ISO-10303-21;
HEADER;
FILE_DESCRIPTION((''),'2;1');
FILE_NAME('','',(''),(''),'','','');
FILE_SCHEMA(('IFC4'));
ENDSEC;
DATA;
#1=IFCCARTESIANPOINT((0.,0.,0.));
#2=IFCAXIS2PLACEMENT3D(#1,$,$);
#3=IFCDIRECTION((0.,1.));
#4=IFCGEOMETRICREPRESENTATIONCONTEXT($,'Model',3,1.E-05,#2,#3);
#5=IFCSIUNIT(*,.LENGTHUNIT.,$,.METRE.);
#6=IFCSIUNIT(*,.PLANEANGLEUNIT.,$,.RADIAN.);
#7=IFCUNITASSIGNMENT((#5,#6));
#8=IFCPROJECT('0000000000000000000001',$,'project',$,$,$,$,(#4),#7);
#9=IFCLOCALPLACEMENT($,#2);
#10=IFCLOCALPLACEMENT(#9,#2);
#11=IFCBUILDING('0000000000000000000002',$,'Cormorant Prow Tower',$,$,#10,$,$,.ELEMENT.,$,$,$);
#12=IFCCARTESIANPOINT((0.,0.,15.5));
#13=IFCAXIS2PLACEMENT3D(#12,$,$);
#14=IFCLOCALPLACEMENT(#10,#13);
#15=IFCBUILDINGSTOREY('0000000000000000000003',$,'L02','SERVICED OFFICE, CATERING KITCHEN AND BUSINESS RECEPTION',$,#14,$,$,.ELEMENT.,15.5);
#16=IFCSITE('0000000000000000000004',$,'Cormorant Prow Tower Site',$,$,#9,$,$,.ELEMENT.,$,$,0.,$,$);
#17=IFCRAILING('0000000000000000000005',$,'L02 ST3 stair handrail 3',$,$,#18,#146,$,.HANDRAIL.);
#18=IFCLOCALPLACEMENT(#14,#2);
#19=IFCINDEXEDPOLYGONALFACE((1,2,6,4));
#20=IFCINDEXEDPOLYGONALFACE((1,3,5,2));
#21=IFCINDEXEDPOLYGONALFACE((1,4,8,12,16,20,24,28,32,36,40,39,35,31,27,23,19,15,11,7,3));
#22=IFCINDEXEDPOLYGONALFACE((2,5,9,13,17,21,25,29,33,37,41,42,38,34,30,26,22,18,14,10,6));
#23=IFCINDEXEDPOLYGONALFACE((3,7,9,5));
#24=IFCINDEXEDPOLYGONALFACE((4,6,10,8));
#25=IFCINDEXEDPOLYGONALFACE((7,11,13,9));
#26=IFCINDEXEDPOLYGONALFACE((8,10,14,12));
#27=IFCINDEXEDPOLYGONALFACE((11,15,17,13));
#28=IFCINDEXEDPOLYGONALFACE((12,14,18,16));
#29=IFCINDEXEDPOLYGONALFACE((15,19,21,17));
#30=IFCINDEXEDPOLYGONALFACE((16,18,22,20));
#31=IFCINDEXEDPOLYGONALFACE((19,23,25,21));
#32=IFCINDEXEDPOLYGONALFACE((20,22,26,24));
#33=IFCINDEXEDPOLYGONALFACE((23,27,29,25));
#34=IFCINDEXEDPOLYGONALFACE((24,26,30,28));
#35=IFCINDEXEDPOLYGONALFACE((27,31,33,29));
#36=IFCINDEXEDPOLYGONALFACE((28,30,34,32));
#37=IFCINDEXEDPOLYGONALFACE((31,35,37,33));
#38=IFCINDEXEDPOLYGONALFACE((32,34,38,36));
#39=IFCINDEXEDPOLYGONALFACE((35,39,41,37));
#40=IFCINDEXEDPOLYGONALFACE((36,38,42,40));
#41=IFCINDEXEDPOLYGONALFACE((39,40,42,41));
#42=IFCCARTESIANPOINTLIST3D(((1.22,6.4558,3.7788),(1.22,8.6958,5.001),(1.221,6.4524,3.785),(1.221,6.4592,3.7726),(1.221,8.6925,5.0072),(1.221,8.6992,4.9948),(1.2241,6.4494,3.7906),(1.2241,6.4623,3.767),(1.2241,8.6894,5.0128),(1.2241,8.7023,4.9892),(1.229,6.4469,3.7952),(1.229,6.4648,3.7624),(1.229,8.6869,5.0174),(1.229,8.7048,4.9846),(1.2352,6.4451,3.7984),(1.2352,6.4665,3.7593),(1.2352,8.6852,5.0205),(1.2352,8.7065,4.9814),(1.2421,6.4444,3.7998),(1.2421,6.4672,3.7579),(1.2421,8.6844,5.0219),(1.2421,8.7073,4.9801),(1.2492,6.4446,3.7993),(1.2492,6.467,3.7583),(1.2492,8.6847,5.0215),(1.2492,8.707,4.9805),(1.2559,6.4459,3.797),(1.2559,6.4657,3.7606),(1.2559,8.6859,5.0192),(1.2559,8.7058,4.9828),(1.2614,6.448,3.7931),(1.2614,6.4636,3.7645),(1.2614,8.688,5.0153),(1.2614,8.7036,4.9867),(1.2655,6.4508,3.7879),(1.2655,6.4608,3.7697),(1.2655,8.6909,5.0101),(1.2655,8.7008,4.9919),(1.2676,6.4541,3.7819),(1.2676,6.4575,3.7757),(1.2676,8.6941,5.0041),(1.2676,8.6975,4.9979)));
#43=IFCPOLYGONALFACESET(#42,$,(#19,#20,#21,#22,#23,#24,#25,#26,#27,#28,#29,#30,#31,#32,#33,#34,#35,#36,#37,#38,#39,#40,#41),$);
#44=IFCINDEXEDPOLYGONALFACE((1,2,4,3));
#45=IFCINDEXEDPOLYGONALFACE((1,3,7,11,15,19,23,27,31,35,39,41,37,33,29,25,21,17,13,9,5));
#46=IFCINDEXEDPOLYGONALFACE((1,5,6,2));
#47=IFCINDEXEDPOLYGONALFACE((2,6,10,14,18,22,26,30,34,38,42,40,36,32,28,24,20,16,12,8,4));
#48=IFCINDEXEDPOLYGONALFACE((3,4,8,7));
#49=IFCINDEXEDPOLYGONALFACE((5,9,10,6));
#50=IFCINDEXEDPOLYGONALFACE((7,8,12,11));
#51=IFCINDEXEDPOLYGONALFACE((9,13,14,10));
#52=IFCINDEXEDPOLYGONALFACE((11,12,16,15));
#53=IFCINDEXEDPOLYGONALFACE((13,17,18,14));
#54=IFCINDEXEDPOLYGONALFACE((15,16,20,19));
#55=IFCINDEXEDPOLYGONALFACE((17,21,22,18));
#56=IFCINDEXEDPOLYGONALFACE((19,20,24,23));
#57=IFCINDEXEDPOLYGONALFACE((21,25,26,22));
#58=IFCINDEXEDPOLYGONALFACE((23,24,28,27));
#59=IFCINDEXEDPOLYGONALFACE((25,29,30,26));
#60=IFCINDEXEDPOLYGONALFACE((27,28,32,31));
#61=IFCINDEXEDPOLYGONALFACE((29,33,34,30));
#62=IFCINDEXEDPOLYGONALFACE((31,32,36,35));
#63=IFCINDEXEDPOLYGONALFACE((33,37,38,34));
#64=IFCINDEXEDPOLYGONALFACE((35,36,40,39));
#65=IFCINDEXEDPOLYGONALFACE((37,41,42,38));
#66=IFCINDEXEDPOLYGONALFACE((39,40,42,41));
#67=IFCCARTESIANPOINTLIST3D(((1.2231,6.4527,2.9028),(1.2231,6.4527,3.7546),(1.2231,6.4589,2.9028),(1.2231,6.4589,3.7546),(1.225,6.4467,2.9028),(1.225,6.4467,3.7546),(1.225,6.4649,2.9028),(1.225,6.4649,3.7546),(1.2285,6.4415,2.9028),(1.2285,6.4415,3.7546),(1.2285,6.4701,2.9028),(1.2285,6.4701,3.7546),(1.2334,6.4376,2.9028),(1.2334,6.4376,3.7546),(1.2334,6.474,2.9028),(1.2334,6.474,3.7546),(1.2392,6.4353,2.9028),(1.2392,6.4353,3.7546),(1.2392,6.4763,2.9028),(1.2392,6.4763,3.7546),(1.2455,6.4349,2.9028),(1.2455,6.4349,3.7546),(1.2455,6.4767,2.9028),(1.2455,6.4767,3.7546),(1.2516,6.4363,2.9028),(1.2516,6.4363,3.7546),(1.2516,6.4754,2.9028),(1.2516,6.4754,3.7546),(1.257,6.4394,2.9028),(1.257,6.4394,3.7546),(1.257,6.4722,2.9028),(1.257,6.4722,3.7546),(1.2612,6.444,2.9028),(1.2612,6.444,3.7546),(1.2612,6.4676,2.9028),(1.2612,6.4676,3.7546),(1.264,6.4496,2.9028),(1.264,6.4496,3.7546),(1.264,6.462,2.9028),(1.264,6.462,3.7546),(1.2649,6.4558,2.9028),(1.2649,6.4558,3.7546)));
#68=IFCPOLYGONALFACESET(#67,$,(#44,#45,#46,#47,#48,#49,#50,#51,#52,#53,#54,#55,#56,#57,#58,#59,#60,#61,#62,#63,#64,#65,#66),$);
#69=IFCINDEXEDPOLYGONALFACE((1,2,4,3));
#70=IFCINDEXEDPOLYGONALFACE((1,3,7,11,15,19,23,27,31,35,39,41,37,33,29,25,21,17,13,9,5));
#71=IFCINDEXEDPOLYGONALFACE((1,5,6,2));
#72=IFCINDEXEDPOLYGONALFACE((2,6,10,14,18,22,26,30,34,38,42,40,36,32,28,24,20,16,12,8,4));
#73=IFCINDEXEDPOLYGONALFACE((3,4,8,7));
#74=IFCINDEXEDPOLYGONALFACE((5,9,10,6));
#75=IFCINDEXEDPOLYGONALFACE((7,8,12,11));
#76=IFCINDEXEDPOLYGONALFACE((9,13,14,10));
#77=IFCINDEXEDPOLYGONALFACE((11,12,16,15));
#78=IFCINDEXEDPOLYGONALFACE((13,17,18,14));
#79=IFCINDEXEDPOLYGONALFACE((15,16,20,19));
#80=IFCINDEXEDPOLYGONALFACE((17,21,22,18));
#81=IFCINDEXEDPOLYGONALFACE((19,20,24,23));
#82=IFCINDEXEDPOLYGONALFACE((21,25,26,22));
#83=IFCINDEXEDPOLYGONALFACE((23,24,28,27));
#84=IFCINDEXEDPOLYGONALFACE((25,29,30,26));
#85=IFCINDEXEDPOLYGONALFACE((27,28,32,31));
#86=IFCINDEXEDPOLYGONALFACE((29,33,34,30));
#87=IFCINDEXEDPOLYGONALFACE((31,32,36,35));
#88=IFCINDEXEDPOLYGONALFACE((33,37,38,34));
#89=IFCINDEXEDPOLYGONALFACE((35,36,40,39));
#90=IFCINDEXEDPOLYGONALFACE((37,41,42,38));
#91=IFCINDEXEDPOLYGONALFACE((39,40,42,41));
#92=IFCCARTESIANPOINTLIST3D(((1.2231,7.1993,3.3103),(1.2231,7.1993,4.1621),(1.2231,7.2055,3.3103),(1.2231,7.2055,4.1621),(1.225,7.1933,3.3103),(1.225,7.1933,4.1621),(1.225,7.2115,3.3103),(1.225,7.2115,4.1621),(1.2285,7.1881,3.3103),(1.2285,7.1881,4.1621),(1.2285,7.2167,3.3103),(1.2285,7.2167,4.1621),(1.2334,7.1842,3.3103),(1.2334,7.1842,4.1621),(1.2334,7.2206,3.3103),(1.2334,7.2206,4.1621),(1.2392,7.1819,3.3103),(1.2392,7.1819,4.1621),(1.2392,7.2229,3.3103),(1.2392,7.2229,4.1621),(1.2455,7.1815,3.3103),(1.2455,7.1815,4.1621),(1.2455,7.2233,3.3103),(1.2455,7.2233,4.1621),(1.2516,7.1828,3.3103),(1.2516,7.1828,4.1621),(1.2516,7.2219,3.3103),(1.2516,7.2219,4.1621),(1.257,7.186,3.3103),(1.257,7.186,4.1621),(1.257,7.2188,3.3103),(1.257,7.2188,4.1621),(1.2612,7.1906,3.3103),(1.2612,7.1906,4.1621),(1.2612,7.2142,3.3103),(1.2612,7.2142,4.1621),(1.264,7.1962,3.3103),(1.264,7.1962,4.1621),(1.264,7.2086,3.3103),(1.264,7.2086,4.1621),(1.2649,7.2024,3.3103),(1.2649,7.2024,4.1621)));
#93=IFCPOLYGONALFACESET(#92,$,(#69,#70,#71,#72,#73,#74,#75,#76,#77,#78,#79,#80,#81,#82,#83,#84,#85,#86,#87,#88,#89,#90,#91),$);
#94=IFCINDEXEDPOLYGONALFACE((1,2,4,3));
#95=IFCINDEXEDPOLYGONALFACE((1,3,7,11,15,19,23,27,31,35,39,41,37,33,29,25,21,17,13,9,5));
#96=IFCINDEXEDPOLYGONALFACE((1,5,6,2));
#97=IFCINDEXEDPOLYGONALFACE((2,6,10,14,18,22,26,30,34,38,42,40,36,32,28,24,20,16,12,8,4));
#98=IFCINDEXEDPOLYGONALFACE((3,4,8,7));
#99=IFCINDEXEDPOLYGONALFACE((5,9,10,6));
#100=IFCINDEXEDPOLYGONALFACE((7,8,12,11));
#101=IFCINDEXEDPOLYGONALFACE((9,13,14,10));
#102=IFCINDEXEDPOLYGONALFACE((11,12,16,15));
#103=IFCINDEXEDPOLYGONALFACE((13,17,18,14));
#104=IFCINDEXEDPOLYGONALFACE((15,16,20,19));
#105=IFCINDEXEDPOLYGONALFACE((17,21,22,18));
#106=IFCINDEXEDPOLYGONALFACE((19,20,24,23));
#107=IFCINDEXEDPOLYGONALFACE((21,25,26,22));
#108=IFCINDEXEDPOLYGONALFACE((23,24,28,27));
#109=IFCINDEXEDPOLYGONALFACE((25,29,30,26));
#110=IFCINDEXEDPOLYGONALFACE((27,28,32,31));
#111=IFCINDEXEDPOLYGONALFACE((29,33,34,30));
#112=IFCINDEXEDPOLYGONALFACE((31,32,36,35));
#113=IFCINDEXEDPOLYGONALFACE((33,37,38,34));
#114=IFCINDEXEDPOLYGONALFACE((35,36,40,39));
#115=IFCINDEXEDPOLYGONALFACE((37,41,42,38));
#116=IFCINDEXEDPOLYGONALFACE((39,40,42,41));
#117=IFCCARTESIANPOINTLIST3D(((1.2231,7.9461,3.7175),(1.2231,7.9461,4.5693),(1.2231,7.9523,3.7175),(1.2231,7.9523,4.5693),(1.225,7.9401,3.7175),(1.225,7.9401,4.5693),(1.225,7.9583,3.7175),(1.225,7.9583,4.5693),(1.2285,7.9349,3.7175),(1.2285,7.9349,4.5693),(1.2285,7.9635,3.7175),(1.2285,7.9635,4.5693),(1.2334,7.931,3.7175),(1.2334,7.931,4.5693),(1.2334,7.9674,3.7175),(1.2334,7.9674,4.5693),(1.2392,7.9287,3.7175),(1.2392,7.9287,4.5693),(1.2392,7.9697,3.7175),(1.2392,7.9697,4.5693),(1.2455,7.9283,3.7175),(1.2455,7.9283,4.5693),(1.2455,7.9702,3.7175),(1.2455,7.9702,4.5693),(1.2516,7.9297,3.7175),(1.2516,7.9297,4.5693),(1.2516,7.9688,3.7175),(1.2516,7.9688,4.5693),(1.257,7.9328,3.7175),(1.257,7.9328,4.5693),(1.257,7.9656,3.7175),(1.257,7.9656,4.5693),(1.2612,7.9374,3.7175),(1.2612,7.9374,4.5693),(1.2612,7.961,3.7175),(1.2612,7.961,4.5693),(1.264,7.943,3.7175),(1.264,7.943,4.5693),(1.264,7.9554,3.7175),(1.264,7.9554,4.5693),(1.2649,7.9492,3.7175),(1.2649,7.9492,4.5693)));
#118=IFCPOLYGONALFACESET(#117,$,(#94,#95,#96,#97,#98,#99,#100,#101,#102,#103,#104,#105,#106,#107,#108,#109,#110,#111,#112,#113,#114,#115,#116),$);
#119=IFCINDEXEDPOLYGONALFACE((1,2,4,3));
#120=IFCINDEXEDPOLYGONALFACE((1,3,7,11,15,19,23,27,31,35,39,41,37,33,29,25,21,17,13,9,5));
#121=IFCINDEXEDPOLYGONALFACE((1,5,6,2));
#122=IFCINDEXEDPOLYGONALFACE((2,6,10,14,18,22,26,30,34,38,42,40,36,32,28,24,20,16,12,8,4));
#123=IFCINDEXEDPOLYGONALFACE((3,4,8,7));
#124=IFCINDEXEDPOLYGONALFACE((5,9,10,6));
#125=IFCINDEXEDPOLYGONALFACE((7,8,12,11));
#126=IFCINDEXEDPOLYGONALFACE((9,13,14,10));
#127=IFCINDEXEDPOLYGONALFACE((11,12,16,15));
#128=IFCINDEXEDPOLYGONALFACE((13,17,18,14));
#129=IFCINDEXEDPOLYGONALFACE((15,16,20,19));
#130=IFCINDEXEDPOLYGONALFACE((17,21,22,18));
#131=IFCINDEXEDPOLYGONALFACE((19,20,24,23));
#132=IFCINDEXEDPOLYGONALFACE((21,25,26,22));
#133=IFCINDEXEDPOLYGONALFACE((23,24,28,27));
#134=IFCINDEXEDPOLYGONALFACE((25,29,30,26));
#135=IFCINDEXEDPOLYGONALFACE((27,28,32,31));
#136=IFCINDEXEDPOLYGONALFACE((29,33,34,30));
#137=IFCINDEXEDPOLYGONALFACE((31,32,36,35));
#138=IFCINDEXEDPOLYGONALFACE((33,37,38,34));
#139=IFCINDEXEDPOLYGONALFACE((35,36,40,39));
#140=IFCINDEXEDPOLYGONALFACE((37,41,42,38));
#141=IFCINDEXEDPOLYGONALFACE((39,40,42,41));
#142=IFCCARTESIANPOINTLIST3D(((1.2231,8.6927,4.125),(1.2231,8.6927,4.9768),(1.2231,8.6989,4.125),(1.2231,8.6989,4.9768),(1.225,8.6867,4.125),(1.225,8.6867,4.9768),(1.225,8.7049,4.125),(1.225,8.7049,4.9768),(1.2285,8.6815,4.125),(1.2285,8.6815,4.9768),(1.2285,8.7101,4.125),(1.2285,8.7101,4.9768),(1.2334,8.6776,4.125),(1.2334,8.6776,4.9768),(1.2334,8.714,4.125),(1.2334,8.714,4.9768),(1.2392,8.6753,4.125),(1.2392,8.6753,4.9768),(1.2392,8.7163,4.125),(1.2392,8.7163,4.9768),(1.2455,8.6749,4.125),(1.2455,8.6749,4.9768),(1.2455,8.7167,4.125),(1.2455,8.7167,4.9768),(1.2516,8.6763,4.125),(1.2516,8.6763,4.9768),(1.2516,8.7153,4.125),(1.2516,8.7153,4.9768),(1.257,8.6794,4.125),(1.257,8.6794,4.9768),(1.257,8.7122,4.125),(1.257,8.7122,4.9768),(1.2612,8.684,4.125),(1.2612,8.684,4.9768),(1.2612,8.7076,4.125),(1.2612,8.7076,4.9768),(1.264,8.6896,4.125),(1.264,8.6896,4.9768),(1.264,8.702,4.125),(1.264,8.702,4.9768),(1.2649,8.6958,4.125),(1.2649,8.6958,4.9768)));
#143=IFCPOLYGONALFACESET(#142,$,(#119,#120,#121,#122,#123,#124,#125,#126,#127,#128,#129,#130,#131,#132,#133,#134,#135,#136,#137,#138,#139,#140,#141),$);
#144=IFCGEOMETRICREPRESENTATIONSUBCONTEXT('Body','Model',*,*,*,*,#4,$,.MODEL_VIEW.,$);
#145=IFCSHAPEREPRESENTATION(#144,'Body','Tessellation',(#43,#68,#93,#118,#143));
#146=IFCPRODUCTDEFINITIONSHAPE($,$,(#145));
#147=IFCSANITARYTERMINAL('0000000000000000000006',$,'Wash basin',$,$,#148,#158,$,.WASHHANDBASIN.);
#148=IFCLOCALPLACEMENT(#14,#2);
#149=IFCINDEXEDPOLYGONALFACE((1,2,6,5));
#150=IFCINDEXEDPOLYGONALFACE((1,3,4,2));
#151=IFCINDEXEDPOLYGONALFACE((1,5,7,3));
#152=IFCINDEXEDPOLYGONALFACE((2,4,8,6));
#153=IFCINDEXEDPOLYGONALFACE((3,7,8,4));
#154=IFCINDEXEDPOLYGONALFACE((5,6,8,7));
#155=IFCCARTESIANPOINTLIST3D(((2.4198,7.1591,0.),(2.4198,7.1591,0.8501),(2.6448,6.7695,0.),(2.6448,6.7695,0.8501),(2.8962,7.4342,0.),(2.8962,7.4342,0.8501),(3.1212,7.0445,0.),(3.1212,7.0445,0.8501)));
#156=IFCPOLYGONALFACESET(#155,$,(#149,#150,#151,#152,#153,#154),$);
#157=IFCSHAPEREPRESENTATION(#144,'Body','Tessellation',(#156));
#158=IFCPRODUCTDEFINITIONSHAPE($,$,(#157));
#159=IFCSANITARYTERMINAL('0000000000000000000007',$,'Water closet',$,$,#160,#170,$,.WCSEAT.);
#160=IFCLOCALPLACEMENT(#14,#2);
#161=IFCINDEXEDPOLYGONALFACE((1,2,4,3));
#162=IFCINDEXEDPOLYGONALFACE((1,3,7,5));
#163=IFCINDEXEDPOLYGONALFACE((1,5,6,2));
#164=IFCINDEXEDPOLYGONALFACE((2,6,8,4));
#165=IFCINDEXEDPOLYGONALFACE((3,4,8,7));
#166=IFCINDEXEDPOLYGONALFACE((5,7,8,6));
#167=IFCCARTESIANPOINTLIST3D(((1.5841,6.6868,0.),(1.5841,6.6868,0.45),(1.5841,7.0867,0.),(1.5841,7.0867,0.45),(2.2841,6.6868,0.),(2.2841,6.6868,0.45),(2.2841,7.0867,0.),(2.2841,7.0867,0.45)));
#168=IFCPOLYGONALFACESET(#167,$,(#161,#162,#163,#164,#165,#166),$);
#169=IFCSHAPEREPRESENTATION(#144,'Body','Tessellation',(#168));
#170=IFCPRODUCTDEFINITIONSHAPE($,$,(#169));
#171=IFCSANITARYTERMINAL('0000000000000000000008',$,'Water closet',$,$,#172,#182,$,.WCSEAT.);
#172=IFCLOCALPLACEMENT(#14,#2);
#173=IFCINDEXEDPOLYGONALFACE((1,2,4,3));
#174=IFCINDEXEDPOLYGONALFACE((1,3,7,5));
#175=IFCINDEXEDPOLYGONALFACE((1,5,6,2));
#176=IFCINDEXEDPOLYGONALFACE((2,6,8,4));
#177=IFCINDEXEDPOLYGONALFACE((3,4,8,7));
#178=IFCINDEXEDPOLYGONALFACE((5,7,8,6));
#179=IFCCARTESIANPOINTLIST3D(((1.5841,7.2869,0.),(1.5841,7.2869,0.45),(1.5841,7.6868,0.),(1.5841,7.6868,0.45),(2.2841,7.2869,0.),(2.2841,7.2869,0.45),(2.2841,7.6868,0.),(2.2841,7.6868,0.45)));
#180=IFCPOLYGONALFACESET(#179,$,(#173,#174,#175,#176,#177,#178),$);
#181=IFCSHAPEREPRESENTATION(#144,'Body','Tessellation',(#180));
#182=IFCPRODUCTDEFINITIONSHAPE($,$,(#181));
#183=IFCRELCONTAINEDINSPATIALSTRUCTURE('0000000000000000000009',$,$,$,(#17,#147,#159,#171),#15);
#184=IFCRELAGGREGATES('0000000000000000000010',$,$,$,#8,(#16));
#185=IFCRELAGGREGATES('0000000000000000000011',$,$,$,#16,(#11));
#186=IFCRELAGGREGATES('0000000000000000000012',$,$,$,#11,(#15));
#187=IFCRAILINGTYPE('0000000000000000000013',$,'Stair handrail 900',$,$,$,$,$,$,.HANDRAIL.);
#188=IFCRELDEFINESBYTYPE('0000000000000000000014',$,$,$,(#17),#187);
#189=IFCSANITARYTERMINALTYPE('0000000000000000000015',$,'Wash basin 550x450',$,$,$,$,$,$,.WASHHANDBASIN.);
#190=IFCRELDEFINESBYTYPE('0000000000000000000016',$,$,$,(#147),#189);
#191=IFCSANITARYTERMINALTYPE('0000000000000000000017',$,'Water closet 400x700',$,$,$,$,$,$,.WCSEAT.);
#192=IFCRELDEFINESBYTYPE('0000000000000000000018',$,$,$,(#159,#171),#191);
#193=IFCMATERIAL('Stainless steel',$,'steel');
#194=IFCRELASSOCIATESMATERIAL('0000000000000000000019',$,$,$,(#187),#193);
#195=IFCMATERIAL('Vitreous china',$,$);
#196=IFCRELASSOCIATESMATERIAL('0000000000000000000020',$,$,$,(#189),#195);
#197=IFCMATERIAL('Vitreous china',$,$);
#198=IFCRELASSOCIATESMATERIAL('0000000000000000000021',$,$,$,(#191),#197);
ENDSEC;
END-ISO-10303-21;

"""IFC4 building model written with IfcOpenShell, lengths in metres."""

from ifc_helpers import new_model, si_unit, direction, frame, origin, origin_2d, place, context, subcontext, project, spatial, rectangle, circle, extrude, material, type_object, element, save


model = new_model("IFC4")

# Units and contexts
model_context = context("Model", 3, precision=1e-05, world=origin(), true_north=direction((0.0, 1.0)))
body_context = subcontext(model_context, "Body", "Model", "MODEL_VIEW")
ifc_project = project(units=[si_unit("LENGTHUNIT", "METRE"), si_unit("PLANEANGLEUNIT", "RADIAN")], contexts=[model_context])

# Site, building, storey
site_placement = place(None, origin())
site = spatial("IfcSite", under=ifc_project, at=site_placement, Name="Cormorant Prow Tower Site", CompositionType="ELEMENT", RefElevation=0.0)
building_placement = place(site_placement, origin())
building = spatial("IfcBuilding", under=site, at=building_placement, Name="Cormorant Prow Tower", CompositionType="ELEMENT")
storey_placement = place(building_placement, frame((0.0, 0.0, 15.5)))
storey = spatial("IfcBuildingStorey", under=building, at=storey_placement, Name="L02", Description="SERVICED OFFICE, CATERING KITCHEN AND BUSINESS RECEPTION", CompositionType="ELEMENT", Elevation=15.5)

# Railing
ifc_material_1 = material(Name="Stainless steel", Category="steel")
railing_type = type_object("IfcRailingType", Name="Stair handrail 900", PredefinedType="HANDRAIL", material=ifc_material_1)
for number, where, name in (
    (1, (1.2439, 6.4558, 2.9028), "L02 ST3 stair handrail 3"),
):
    element("IfcRailing", number, at=place(storey_placement, frame(where)), inside=storey, type_object=railing_type, Name=name, PredefinedType="HANDRAIL", context=body_context, shape_type="SweptSolid", body=[
        extrude(circle(Radius=0.0239, at=origin_2d()), frame((0.0, 0.0, 0.876), z_axis=(0.0, 0.877837, 0.478959), x_axis=(-1.0, 0.0, 0.0)), (0.0, 0.0, 1.0), 2.5518),
        extrude(circle(Radius=0.021, at=origin_2d()), origin(), (0.0, 0.0, 1.0), 0.8518),
        extrude(circle(Radius=0.021, at=origin_2d()), frame((0.0, 0.7466, 0.4075)), (0.0, 0.0, 1.0), 0.8518),
        extrude(circle(Radius=0.021, at=origin_2d()), frame((0.0, 1.4934, 0.8147)), (0.0, 0.0, 1.0), 0.8518),
        extrude(circle(Radius=0.021, at=origin_2d()), frame((0.0, 2.24, 1.2222)), (0.0, 0.0, 1.0), 0.8518),
    ])

# Sanitary terminals
ifc_material_2 = material(Name="Vitreous china")
sanitary_terminal_type_1 = type_object("IfcSanitaryTerminalType", Name="Wash basin 550x450", PredefinedType="WASHHANDBASIN", material=ifc_material_2)
sanitary_terminal_placement = place(storey_placement, frame((2.7705, 7.1018, 0.0), z_axis=(0.0, 0.0, 1.0), x_axis=(0.866034, 0.499985, 0.0)))
element("IfcSanitaryTerminal", 2, at=sanitary_terminal_placement, inside=storey, type_object=sanitary_terminal_type_1, Name="Wash basin", PredefinedType="WASHHANDBASIN", context=body_context, shape_type="SweptSolid", body=[
    extrude(rectangle(XDim=0.55, YDim=0.45, at=origin_2d()), origin(), (0.0, 0.0, 1.0), 0.8501),
])
ifc_material_3 = material(Name="Vitreous china")
sanitary_terminal_type_2 = type_object("IfcSanitaryTerminalType", Name="Water closet 400x700", PredefinedType="WCSEAT", material=ifc_material_3)
for number, where, z_axis, x_axis, name in (
    (3, (1.9341, 6.8867, 0.0), (0.0, 0.0, 1.0), (0.0, -1.0, 0.0), "Water closet"),
    (4, (1.9341, 7.4868, 0.0), (0.0, 0.0, 1.0), (0.0, -1.0, 0.0), "Water closet"),
):
    element("IfcSanitaryTerminal", number, at=place(storey_placement, frame(where, z_axis=z_axis, x_axis=x_axis)), inside=storey, type_object=sanitary_terminal_type_2, Name=name, PredefinedType="WCSEAT", context=body_context, shape_type="SweptSolid", body=[
        extrude(rectangle(XDim=0.3999, YDim=0.7, at=origin_2d()), origin(), (0.0, 0.0, 1.0), 0.45),
    ])

save(model, "model.ifc")
